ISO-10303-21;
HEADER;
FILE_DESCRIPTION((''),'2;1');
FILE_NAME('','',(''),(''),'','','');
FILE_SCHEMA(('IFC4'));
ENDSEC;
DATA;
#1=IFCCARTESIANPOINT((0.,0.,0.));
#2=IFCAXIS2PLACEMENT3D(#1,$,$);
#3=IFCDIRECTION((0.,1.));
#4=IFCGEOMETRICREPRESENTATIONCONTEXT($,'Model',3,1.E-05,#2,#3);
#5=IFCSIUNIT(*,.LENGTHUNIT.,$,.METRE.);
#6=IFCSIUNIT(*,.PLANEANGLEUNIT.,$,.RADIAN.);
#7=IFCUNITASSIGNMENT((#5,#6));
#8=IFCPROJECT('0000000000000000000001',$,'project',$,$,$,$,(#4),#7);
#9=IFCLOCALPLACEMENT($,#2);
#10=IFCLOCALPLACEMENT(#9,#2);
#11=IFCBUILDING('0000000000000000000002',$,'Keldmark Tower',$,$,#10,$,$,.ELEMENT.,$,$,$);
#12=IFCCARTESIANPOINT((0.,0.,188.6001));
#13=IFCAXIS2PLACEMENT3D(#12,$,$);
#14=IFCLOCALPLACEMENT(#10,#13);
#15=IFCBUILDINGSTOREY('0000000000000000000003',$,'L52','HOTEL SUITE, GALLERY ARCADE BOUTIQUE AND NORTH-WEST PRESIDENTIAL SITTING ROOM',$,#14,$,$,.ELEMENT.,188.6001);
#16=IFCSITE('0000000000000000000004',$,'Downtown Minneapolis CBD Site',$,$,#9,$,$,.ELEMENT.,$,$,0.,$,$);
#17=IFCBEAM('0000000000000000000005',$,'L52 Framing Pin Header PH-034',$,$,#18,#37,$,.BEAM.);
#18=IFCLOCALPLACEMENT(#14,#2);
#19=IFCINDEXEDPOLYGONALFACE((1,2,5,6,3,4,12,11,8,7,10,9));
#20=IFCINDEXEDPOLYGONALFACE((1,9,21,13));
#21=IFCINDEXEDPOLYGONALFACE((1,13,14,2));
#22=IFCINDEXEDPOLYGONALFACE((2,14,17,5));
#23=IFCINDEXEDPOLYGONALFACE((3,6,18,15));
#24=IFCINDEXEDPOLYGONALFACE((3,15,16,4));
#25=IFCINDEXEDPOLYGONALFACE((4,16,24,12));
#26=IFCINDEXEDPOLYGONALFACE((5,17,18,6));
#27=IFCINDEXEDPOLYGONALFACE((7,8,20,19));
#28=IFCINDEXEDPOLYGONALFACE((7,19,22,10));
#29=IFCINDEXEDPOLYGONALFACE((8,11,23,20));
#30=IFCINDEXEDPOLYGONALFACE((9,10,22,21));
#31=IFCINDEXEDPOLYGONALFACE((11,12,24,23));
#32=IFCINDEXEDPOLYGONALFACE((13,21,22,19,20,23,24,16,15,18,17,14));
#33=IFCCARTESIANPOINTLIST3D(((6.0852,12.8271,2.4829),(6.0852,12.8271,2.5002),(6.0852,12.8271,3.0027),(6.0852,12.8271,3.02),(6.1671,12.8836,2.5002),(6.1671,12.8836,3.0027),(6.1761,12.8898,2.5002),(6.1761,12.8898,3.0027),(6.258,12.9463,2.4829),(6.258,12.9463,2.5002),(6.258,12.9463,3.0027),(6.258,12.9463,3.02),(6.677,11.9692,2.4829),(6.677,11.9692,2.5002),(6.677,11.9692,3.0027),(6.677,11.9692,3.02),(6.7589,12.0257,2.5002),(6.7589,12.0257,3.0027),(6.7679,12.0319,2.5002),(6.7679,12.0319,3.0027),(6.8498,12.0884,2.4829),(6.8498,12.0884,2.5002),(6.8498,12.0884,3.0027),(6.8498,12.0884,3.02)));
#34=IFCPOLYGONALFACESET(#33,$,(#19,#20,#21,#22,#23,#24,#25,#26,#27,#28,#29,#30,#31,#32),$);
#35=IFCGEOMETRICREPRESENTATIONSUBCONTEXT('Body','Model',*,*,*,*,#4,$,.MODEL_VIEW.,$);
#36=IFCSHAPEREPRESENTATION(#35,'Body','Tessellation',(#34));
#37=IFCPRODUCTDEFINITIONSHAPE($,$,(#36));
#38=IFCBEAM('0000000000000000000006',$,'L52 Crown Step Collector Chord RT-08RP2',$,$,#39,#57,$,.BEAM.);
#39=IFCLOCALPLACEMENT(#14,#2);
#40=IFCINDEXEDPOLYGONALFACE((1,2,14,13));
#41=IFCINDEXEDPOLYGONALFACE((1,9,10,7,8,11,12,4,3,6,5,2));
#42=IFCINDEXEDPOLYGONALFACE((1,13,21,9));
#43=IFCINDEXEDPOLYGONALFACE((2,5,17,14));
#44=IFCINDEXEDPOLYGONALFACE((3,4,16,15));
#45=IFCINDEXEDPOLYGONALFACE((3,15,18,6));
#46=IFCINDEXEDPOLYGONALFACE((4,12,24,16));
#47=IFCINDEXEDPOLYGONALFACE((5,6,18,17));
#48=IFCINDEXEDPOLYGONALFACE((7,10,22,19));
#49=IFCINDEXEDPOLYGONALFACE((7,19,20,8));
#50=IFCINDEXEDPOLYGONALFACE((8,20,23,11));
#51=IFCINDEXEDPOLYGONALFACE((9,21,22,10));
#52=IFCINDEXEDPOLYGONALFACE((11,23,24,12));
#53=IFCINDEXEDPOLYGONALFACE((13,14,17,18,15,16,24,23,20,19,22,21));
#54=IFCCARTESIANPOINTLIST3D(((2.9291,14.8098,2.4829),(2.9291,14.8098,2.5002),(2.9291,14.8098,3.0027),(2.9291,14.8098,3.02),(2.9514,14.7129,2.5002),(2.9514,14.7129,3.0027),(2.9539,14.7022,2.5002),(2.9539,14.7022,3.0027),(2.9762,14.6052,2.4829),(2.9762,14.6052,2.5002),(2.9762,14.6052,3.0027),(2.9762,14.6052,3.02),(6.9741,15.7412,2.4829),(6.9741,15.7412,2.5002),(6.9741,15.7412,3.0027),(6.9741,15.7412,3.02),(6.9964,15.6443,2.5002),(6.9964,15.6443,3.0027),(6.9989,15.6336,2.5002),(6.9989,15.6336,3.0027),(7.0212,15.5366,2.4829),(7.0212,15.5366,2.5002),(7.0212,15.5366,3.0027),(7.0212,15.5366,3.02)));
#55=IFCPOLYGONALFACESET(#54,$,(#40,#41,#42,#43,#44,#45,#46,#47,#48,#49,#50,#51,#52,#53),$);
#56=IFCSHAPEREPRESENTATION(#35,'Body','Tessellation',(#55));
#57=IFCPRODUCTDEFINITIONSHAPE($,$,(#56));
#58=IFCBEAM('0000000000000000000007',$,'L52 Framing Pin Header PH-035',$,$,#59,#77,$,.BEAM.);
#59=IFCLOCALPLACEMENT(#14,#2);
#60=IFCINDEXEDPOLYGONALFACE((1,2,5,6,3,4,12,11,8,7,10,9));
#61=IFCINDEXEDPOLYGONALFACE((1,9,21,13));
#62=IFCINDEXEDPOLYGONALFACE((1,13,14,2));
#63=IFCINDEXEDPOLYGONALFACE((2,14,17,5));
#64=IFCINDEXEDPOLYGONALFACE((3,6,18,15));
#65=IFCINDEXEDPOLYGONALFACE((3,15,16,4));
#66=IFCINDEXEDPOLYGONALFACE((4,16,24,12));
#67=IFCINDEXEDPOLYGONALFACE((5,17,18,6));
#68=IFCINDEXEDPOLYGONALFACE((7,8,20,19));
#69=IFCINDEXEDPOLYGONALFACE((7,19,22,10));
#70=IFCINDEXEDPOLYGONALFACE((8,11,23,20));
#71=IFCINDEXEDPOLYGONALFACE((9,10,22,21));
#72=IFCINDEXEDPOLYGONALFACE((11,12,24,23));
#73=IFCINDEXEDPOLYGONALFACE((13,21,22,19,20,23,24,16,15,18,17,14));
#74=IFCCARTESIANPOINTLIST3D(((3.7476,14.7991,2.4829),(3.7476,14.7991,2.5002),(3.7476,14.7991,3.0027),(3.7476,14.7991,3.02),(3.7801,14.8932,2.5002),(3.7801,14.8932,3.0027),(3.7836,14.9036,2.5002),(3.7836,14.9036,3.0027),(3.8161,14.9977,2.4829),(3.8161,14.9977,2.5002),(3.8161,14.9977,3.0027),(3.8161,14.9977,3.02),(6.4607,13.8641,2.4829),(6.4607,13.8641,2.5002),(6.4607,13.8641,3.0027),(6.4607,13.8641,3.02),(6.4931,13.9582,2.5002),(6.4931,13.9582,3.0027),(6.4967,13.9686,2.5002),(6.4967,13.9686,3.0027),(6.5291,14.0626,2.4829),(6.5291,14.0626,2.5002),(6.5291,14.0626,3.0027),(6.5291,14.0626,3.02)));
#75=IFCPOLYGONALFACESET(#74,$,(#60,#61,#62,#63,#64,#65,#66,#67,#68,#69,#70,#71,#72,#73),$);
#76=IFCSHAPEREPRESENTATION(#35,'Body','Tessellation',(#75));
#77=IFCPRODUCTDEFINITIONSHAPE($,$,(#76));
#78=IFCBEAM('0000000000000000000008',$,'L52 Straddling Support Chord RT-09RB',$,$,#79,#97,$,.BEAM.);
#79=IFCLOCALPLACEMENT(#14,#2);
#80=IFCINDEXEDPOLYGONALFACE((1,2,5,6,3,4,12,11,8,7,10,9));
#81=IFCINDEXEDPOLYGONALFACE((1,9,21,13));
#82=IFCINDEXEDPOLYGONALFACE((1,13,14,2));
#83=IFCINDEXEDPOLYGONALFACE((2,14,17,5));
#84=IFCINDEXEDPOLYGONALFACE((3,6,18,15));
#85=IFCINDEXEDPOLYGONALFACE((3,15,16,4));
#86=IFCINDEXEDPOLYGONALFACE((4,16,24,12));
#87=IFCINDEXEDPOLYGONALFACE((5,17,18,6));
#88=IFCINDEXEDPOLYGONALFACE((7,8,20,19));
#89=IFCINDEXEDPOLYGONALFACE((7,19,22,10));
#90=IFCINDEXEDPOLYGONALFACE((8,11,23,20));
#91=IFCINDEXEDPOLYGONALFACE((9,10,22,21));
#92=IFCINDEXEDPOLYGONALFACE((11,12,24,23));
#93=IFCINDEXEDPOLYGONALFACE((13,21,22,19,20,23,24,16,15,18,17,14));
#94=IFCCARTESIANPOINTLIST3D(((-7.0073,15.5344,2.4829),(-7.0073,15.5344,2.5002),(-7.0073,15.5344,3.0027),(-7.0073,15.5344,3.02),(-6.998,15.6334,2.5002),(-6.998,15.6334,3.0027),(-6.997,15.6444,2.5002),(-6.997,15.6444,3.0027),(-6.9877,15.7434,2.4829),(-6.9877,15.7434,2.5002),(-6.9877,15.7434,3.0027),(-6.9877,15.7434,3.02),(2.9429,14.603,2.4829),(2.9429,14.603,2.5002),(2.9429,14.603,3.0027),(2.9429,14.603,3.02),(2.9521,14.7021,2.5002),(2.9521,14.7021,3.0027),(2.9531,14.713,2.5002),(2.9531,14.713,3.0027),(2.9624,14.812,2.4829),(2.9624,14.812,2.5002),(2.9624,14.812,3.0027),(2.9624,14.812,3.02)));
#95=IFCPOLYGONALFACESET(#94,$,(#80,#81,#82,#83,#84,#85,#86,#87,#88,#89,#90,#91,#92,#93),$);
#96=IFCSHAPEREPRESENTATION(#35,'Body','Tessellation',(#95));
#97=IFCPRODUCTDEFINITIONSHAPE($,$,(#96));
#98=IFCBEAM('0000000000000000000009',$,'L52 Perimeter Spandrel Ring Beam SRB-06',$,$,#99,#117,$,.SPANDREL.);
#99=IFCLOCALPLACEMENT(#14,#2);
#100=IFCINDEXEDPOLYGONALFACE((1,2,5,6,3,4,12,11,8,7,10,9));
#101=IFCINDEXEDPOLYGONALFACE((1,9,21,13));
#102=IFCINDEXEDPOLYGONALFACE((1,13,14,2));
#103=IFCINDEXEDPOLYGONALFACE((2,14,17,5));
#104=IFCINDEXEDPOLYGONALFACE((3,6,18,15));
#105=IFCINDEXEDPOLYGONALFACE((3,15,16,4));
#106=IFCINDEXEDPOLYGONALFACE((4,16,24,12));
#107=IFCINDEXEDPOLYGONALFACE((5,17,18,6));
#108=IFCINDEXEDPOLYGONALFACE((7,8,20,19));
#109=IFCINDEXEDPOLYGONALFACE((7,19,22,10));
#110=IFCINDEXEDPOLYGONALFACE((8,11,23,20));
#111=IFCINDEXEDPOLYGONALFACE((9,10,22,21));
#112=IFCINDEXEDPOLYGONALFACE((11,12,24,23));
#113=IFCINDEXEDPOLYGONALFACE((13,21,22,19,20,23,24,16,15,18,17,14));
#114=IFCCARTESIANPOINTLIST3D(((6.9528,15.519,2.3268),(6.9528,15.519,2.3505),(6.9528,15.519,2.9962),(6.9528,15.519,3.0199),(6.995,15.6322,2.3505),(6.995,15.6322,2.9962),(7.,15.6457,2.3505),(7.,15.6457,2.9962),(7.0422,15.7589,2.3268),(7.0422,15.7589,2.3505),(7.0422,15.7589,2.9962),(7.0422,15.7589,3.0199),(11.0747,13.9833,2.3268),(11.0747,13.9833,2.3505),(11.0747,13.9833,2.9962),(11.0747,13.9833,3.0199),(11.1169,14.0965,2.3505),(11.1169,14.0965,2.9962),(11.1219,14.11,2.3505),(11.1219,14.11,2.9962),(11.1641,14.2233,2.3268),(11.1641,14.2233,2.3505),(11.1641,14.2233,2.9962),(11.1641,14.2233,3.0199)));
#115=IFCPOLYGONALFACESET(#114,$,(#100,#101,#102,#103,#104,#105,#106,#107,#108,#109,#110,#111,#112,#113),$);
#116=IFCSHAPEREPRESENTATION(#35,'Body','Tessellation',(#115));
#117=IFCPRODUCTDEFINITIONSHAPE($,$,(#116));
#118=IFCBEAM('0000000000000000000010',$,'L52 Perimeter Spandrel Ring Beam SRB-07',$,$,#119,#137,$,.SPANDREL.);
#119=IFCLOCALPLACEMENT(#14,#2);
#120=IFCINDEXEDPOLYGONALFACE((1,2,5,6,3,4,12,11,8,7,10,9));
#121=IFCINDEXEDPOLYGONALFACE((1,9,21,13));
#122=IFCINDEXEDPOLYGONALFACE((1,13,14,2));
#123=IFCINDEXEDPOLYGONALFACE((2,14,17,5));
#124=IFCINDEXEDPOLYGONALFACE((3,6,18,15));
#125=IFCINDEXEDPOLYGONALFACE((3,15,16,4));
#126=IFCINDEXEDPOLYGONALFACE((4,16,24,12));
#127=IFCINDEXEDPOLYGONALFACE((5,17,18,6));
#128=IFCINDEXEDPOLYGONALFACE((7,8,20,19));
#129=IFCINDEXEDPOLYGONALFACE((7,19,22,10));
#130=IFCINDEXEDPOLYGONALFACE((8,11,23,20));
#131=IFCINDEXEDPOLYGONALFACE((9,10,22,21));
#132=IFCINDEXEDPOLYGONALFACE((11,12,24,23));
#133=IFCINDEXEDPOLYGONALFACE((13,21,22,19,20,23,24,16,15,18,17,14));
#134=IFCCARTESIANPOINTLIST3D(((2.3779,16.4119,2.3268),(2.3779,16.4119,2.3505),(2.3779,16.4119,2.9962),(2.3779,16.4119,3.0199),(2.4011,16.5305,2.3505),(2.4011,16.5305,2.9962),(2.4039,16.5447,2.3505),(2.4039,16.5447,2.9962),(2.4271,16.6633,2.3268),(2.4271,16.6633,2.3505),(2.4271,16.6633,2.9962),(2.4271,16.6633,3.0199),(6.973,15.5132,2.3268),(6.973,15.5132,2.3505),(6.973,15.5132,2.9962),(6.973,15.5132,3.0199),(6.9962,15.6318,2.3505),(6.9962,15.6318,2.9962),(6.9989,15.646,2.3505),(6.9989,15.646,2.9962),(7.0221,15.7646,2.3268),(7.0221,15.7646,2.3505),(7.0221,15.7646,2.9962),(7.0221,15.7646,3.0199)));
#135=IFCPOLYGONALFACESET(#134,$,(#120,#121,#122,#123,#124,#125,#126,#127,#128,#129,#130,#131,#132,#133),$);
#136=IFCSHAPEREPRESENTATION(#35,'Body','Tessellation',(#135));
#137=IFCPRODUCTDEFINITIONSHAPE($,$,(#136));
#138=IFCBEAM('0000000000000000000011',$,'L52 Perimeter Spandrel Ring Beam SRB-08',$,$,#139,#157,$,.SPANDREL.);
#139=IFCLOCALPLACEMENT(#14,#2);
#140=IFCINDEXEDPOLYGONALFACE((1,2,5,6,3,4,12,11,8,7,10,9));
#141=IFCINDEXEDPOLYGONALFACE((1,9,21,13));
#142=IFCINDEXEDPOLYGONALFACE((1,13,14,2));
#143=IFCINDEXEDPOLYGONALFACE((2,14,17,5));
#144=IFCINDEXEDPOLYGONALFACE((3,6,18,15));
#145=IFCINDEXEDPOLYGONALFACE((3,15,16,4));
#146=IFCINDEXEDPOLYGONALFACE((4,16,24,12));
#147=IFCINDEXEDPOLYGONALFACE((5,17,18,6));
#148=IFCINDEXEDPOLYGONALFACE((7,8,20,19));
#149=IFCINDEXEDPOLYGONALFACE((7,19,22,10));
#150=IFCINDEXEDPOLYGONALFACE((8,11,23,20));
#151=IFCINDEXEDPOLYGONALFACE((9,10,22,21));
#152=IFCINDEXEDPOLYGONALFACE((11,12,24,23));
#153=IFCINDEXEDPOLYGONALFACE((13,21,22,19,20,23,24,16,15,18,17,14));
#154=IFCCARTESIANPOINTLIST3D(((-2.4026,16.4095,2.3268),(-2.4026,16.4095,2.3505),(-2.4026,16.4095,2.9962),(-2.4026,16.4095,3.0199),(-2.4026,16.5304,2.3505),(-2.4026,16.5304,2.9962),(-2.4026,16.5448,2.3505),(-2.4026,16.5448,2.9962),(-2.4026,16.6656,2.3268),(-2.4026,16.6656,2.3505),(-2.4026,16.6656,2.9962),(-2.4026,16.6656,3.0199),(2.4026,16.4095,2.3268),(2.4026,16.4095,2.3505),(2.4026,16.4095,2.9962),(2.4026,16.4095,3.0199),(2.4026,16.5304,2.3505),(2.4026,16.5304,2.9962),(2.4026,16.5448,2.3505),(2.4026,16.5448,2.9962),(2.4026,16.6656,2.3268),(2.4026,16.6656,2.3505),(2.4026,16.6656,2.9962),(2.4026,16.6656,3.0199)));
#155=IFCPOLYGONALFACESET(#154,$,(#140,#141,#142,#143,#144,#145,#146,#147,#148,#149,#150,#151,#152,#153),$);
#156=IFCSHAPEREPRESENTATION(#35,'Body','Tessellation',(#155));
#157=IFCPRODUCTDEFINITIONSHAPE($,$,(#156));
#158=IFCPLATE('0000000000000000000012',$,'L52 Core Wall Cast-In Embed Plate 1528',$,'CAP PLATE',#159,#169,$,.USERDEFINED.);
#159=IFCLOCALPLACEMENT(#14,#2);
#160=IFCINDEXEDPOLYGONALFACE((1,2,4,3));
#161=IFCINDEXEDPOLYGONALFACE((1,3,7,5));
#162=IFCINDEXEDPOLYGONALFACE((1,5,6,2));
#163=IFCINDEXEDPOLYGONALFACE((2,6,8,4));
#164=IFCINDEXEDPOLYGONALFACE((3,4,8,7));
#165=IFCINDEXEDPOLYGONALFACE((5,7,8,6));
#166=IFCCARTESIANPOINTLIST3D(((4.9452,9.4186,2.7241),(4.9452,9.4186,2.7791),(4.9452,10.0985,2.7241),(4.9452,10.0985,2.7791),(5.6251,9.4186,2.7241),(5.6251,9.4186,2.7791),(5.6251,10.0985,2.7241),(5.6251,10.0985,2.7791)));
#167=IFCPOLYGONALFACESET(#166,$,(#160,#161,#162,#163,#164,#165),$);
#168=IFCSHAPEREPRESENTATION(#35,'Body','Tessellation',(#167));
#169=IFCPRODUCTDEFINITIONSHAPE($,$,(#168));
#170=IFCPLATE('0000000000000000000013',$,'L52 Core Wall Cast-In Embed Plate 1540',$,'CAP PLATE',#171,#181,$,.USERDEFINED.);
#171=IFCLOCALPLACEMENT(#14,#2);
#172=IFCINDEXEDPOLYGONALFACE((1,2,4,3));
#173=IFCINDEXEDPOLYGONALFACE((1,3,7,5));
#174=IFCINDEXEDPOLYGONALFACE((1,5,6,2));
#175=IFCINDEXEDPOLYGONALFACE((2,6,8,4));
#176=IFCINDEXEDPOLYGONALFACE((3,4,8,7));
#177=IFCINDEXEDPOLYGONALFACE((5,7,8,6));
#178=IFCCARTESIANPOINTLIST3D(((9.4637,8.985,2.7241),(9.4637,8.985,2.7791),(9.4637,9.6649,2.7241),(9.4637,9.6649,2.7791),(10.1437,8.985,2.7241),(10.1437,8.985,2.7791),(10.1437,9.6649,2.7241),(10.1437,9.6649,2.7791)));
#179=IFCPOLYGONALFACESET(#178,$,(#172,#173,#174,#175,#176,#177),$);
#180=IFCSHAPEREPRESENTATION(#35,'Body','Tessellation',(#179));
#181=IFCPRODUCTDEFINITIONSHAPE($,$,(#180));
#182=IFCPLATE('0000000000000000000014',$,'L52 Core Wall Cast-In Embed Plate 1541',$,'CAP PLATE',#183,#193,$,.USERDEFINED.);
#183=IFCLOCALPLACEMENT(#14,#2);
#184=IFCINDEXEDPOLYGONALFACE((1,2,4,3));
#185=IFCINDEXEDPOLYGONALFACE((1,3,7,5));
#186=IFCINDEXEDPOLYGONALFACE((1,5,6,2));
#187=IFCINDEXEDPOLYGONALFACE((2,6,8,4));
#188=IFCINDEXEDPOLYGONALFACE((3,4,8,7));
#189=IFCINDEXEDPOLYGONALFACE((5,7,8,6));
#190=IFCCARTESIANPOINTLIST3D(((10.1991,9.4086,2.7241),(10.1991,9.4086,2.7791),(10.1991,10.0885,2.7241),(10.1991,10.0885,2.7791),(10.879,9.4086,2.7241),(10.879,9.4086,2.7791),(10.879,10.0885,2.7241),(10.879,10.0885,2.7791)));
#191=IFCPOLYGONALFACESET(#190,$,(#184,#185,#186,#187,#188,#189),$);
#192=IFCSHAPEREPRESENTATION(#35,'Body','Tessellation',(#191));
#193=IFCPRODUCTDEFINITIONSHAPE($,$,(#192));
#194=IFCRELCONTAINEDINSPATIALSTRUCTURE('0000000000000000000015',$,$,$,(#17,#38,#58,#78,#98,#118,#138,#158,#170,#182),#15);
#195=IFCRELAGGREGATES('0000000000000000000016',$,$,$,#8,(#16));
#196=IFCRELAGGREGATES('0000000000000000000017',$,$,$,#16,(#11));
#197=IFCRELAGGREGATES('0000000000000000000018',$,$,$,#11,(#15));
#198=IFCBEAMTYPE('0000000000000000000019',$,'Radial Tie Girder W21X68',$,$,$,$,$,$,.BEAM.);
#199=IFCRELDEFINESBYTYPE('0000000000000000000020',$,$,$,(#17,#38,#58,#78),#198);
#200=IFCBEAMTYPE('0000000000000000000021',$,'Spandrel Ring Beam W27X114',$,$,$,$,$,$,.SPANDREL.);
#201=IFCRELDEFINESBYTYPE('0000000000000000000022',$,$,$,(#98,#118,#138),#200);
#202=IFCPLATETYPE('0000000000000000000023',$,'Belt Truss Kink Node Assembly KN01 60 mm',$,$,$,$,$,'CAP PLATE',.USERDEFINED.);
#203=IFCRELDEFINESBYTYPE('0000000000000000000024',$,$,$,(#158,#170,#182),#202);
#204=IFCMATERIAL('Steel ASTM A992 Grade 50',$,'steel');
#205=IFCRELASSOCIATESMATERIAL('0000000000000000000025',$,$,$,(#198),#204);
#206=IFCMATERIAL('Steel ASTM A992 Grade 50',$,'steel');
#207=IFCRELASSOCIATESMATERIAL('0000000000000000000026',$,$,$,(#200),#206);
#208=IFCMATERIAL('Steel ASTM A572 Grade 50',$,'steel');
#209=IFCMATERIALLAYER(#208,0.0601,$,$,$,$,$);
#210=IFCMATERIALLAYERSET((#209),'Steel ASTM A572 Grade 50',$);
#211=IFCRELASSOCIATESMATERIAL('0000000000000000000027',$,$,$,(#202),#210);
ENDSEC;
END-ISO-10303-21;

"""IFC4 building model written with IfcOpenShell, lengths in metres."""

from ifc_helpers import new_model, si_unit, direction, frame, origin, origin_2d, place, context, subcontext, project, spatial, rectangle, i_section, extrude, material, layer, layer_set, material_profile, profile_set, type_object, element, save


model = new_model("IFC4")

# Units and contexts
model_context = context("Model", 3, precision=1e-05, world=origin(), true_north=direction((0.0, 1.0)))
body_context = subcontext(model_context, "Body", "Model", "MODEL_VIEW")
ifc_project = project(units=[si_unit("LENGTHUNIT", "METRE"), si_unit("PLANEANGLEUNIT", "RADIAN")], contexts=[model_context])

# Site, building, storey
site_placement = place(None, origin())
site = spatial("IfcSite", under=ifc_project, at=site_placement, Name="Downtown Minneapolis CBD Site", CompositionType="ELEMENT", RefElevation=0.0)
building_placement = place(site_placement, origin())
building = spatial("IfcBuilding", under=site, at=building_placement, Name="Keldmark Tower", CompositionType="ELEMENT")
storey_placement = place(building_placement, frame((0.0, 0.0, 188.6001)))
storey = spatial("IfcBuildingStorey", under=building, at=storey_placement, Name="L52", Description="HOTEL SUITE, GALLERY ARCADE BOUTIQUE AND NORTH-WEST PRESIDENTIAL SITTING ROOM", CompositionType="ELEMENT", Elevation=188.6001)

# Beams
ifc_material_1 = material(Name="Steel ASTM A992 Grade 50", Category="steel")
ifc_material_profile_1 = material_profile(ifc_material_1, i_section(OverallWidth=0.21, OverallDepth=0.5371, WebThickness=0.011, FlangeThickness=0.0173, at=origin_2d()), Name="W21X68")
ifc_profile_set_1 = profile_set([ifc_material_profile_1], Name="Steel ASTM A992 Grade 50")
beam_type_1 = type_object("IfcBeamType", Name="Radial Tie Girder W21X68", PredefinedType="BEAM", material=ifc_profile_set_1)
beam_1_placement = place(storey_placement, frame((6.7634, 12.0288, 2.7515), z_axis=(-0.567821, 0.823152, 0.0), x_axis=(-0.823152, -0.567821, 0.0)))
element("IfcBeam", 1, at=beam_1_placement, inside=storey, type_object=beam_type_1, Name="L52 Framing Pin Header PH-034", PredefinedType="BEAM", context=body_context, shape_type="SweptSolid", body=[
    extrude(i_section(OverallWidth=0.21, OverallDepth=0.5371, WebThickness=0.011, FlangeThickness=0.0173, at=origin_2d()), origin(), (0.0, 0.0, 1.0), 1.0422),
])
beam_2_placement = place(storey_placement, frame((2.9526, 14.7075, 2.7515), z_axis=(0.974499, 0.224391, 0.0), x_axis=(-0.224391, 0.974499, 0.0)))
element("IfcBeam", 2, at=beam_2_placement, inside=storey, type_object=beam_type_1, Name="L52 Crown Step Collector Chord RT-08RP2", PredefinedType="BEAM", context=body_context, shape_type="SweptSolid", body=[
    extrude(i_section(OverallWidth=0.21, OverallDepth=0.5371, WebThickness=0.011, FlangeThickness=0.0173, at=origin_2d()), origin(), (0.0, 0.0, 1.0), 4.1509),
])
beam_3_placement = place(storey_placement, frame((6.4949, 13.9634, 2.7515), z_axis=(-0.945427, 0.325833, 0.0), x_axis=(-0.325833, -0.945427, 0.0)))
element("IfcBeam", 3, at=beam_3_placement, inside=storey, type_object=beam_type_1, Name="L52 Framing Pin Header PH-035", PredefinedType="BEAM", context=body_context, shape_type="SweptSolid", body=[
    extrude(i_section(OverallWidth=0.21, OverallDepth=0.5371, WebThickness=0.011, FlangeThickness=0.0173, at=origin_2d()), origin(), (0.0, 0.0, 1.0), 2.8696),
])
beam_4_placement = place(storey_placement, frame((2.9526, 14.7075, 2.7515), z_axis=(-0.995648, 0.093198, 0.0), x_axis=(-0.093198, -0.995648, 0.0)))
element("IfcBeam", 4, at=beam_4_placement, inside=storey, type_object=beam_type_1, Name="L52 Straddling Support Chord RT-09RB", PredefinedType="BEAM", context=body_context, shape_type="SweptSolid", body=[
    extrude(i_section(OverallWidth=0.21, OverallDepth=0.5371, WebThickness=0.011, FlangeThickness=0.0173, at=origin_2d()), origin(), (0.0, 0.0, 1.0), 9.9937),
])
ifc_material_2 = material(Name="Steel ASTM A992 Grade 50", Category="steel")
ifc_material_profile_2 = material_profile(ifc_material_2, i_section(OverallWidth=0.2561, OverallDepth=0.6931, WebThickness=0.0144, FlangeThickness=0.0237, at=origin_2d()), Name="W27X114")
ifc_profile_set_2 = profile_set([ifc_material_profile_2], Name="Steel ASTM A992 Grade 50")
beam_type_2 = type_object("IfcBeamType", Name="Spandrel Ring Beam W27X114", PredefinedType="SPANDREL", material=ifc_profile_set_2)
beam_5_placement = place(storey_placement, frame((11.1194, 14.1033, 2.6733), z_axis=(-0.937077, 0.349121, 0.0), x_axis=(-0.349121, -0.937077, 0.0)))
element("IfcBeam", 5, at=beam_5_placement, inside=storey, type_object=beam_type_2, Name="L52 Perimeter Spandrel Ring Beam SRB-06", PredefinedType="SPANDREL", context=body_context, shape_type="SweptSolid", body=[
    extrude(i_section(OverallWidth=0.2561, OverallDepth=0.6931, WebThickness=0.0144, FlangeThickness=0.0237, at=origin_2d()), origin(), (0.0, 0.0, 1.0), 4.3987),
])
beam_6_placement = place(storey_placement, frame((6.9976, 15.6389, 2.6733), z_axis=(-0.981406, 0.191943, 0.0), x_axis=(-0.191943, -0.981406, 0.0)))
element("IfcBeam", 6, at=beam_6_placement, inside=storey, type_object=beam_type_2, Name="L52 Perimeter Spandrel Ring Beam SRB-07", PredefinedType="SPANDREL", context=body_context, shape_type="SweptSolid", body=[
    extrude(i_section(OverallWidth=0.2561, OverallDepth=0.6931, WebThickness=0.0144, FlangeThickness=0.0237, at=origin_2d()), origin(), (0.0, 0.0, 1.0), 4.6821),
])
beam_7_placement = place(storey_placement, frame((2.4026, 16.5376, 2.6733), z_axis=(-1.0, 0.0, 0.0), x_axis=(0.0, -1.0, 0.0)))
element("IfcBeam", 7, at=beam_7_placement, inside=storey, type_object=beam_type_2, Name="L52 Perimeter Spandrel Ring Beam SRB-08", PredefinedType="SPANDREL", context=body_context, shape_type="SweptSolid", body=[
    extrude(i_section(OverallWidth=0.2561, OverallDepth=0.6931, WebThickness=0.0144, FlangeThickness=0.0237, at=origin_2d()), origin(), (0.0, 0.0, 1.0), 4.8052),
])

# Plates
ifc_material_3 = material(Name="Steel ASTM A572 Grade 50", Category="steel")
ifc_layer_1 = layer(ifc_material_3, 0.0601)
ifc_layer_set_1 = layer_set([ifc_layer_1], Name="Steel ASTM A572 Grade 50")
plate_type_1 = type_object("IfcPlateType", Name="Belt Truss Kink Node Assembly KN01 60 mm", ElementType="CAP PLATE", PredefinedType="USERDEFINED", material=ifc_layer_set_1)
for number, where, z_axis, x_axis, name in (
    (8, (5.2852, 9.7585, 2.7241), (0.0, 0.0, 1.0), (1.0, 0.0, 0.0), "L52 Core Wall Cast-In Embed Plate 1528"),
    (9, (9.8037, 9.325, 2.7241), (0.0, 0.0, 1.0), (1.0, 0.0, 0.0), "L52 Core Wall Cast-In Embed Plate 1540"),
    (10, (10.5391, 9.7485, 2.7241), (0.0, 0.0, 1.0), (1.0, 0.0, 0.0), "L52 Core Wall Cast-In Embed Plate 1541"),
):
    element("IfcPlate", number, at=place(storey_placement, frame(where, z_axis=z_axis, x_axis=x_axis)), inside=storey, type_object=plate_type_1, Name=name, ObjectType="CAP PLATE", PredefinedType="USERDEFINED", context=body_context, shape_type="SweptSolid", body=[
        extrude(rectangle(XDim=0.6799, YDim=0.6799, at=origin_2d()), origin(), (0.0, 0.0, 1.0), 0.0549),
    ])

save(model, "model.ifc")
